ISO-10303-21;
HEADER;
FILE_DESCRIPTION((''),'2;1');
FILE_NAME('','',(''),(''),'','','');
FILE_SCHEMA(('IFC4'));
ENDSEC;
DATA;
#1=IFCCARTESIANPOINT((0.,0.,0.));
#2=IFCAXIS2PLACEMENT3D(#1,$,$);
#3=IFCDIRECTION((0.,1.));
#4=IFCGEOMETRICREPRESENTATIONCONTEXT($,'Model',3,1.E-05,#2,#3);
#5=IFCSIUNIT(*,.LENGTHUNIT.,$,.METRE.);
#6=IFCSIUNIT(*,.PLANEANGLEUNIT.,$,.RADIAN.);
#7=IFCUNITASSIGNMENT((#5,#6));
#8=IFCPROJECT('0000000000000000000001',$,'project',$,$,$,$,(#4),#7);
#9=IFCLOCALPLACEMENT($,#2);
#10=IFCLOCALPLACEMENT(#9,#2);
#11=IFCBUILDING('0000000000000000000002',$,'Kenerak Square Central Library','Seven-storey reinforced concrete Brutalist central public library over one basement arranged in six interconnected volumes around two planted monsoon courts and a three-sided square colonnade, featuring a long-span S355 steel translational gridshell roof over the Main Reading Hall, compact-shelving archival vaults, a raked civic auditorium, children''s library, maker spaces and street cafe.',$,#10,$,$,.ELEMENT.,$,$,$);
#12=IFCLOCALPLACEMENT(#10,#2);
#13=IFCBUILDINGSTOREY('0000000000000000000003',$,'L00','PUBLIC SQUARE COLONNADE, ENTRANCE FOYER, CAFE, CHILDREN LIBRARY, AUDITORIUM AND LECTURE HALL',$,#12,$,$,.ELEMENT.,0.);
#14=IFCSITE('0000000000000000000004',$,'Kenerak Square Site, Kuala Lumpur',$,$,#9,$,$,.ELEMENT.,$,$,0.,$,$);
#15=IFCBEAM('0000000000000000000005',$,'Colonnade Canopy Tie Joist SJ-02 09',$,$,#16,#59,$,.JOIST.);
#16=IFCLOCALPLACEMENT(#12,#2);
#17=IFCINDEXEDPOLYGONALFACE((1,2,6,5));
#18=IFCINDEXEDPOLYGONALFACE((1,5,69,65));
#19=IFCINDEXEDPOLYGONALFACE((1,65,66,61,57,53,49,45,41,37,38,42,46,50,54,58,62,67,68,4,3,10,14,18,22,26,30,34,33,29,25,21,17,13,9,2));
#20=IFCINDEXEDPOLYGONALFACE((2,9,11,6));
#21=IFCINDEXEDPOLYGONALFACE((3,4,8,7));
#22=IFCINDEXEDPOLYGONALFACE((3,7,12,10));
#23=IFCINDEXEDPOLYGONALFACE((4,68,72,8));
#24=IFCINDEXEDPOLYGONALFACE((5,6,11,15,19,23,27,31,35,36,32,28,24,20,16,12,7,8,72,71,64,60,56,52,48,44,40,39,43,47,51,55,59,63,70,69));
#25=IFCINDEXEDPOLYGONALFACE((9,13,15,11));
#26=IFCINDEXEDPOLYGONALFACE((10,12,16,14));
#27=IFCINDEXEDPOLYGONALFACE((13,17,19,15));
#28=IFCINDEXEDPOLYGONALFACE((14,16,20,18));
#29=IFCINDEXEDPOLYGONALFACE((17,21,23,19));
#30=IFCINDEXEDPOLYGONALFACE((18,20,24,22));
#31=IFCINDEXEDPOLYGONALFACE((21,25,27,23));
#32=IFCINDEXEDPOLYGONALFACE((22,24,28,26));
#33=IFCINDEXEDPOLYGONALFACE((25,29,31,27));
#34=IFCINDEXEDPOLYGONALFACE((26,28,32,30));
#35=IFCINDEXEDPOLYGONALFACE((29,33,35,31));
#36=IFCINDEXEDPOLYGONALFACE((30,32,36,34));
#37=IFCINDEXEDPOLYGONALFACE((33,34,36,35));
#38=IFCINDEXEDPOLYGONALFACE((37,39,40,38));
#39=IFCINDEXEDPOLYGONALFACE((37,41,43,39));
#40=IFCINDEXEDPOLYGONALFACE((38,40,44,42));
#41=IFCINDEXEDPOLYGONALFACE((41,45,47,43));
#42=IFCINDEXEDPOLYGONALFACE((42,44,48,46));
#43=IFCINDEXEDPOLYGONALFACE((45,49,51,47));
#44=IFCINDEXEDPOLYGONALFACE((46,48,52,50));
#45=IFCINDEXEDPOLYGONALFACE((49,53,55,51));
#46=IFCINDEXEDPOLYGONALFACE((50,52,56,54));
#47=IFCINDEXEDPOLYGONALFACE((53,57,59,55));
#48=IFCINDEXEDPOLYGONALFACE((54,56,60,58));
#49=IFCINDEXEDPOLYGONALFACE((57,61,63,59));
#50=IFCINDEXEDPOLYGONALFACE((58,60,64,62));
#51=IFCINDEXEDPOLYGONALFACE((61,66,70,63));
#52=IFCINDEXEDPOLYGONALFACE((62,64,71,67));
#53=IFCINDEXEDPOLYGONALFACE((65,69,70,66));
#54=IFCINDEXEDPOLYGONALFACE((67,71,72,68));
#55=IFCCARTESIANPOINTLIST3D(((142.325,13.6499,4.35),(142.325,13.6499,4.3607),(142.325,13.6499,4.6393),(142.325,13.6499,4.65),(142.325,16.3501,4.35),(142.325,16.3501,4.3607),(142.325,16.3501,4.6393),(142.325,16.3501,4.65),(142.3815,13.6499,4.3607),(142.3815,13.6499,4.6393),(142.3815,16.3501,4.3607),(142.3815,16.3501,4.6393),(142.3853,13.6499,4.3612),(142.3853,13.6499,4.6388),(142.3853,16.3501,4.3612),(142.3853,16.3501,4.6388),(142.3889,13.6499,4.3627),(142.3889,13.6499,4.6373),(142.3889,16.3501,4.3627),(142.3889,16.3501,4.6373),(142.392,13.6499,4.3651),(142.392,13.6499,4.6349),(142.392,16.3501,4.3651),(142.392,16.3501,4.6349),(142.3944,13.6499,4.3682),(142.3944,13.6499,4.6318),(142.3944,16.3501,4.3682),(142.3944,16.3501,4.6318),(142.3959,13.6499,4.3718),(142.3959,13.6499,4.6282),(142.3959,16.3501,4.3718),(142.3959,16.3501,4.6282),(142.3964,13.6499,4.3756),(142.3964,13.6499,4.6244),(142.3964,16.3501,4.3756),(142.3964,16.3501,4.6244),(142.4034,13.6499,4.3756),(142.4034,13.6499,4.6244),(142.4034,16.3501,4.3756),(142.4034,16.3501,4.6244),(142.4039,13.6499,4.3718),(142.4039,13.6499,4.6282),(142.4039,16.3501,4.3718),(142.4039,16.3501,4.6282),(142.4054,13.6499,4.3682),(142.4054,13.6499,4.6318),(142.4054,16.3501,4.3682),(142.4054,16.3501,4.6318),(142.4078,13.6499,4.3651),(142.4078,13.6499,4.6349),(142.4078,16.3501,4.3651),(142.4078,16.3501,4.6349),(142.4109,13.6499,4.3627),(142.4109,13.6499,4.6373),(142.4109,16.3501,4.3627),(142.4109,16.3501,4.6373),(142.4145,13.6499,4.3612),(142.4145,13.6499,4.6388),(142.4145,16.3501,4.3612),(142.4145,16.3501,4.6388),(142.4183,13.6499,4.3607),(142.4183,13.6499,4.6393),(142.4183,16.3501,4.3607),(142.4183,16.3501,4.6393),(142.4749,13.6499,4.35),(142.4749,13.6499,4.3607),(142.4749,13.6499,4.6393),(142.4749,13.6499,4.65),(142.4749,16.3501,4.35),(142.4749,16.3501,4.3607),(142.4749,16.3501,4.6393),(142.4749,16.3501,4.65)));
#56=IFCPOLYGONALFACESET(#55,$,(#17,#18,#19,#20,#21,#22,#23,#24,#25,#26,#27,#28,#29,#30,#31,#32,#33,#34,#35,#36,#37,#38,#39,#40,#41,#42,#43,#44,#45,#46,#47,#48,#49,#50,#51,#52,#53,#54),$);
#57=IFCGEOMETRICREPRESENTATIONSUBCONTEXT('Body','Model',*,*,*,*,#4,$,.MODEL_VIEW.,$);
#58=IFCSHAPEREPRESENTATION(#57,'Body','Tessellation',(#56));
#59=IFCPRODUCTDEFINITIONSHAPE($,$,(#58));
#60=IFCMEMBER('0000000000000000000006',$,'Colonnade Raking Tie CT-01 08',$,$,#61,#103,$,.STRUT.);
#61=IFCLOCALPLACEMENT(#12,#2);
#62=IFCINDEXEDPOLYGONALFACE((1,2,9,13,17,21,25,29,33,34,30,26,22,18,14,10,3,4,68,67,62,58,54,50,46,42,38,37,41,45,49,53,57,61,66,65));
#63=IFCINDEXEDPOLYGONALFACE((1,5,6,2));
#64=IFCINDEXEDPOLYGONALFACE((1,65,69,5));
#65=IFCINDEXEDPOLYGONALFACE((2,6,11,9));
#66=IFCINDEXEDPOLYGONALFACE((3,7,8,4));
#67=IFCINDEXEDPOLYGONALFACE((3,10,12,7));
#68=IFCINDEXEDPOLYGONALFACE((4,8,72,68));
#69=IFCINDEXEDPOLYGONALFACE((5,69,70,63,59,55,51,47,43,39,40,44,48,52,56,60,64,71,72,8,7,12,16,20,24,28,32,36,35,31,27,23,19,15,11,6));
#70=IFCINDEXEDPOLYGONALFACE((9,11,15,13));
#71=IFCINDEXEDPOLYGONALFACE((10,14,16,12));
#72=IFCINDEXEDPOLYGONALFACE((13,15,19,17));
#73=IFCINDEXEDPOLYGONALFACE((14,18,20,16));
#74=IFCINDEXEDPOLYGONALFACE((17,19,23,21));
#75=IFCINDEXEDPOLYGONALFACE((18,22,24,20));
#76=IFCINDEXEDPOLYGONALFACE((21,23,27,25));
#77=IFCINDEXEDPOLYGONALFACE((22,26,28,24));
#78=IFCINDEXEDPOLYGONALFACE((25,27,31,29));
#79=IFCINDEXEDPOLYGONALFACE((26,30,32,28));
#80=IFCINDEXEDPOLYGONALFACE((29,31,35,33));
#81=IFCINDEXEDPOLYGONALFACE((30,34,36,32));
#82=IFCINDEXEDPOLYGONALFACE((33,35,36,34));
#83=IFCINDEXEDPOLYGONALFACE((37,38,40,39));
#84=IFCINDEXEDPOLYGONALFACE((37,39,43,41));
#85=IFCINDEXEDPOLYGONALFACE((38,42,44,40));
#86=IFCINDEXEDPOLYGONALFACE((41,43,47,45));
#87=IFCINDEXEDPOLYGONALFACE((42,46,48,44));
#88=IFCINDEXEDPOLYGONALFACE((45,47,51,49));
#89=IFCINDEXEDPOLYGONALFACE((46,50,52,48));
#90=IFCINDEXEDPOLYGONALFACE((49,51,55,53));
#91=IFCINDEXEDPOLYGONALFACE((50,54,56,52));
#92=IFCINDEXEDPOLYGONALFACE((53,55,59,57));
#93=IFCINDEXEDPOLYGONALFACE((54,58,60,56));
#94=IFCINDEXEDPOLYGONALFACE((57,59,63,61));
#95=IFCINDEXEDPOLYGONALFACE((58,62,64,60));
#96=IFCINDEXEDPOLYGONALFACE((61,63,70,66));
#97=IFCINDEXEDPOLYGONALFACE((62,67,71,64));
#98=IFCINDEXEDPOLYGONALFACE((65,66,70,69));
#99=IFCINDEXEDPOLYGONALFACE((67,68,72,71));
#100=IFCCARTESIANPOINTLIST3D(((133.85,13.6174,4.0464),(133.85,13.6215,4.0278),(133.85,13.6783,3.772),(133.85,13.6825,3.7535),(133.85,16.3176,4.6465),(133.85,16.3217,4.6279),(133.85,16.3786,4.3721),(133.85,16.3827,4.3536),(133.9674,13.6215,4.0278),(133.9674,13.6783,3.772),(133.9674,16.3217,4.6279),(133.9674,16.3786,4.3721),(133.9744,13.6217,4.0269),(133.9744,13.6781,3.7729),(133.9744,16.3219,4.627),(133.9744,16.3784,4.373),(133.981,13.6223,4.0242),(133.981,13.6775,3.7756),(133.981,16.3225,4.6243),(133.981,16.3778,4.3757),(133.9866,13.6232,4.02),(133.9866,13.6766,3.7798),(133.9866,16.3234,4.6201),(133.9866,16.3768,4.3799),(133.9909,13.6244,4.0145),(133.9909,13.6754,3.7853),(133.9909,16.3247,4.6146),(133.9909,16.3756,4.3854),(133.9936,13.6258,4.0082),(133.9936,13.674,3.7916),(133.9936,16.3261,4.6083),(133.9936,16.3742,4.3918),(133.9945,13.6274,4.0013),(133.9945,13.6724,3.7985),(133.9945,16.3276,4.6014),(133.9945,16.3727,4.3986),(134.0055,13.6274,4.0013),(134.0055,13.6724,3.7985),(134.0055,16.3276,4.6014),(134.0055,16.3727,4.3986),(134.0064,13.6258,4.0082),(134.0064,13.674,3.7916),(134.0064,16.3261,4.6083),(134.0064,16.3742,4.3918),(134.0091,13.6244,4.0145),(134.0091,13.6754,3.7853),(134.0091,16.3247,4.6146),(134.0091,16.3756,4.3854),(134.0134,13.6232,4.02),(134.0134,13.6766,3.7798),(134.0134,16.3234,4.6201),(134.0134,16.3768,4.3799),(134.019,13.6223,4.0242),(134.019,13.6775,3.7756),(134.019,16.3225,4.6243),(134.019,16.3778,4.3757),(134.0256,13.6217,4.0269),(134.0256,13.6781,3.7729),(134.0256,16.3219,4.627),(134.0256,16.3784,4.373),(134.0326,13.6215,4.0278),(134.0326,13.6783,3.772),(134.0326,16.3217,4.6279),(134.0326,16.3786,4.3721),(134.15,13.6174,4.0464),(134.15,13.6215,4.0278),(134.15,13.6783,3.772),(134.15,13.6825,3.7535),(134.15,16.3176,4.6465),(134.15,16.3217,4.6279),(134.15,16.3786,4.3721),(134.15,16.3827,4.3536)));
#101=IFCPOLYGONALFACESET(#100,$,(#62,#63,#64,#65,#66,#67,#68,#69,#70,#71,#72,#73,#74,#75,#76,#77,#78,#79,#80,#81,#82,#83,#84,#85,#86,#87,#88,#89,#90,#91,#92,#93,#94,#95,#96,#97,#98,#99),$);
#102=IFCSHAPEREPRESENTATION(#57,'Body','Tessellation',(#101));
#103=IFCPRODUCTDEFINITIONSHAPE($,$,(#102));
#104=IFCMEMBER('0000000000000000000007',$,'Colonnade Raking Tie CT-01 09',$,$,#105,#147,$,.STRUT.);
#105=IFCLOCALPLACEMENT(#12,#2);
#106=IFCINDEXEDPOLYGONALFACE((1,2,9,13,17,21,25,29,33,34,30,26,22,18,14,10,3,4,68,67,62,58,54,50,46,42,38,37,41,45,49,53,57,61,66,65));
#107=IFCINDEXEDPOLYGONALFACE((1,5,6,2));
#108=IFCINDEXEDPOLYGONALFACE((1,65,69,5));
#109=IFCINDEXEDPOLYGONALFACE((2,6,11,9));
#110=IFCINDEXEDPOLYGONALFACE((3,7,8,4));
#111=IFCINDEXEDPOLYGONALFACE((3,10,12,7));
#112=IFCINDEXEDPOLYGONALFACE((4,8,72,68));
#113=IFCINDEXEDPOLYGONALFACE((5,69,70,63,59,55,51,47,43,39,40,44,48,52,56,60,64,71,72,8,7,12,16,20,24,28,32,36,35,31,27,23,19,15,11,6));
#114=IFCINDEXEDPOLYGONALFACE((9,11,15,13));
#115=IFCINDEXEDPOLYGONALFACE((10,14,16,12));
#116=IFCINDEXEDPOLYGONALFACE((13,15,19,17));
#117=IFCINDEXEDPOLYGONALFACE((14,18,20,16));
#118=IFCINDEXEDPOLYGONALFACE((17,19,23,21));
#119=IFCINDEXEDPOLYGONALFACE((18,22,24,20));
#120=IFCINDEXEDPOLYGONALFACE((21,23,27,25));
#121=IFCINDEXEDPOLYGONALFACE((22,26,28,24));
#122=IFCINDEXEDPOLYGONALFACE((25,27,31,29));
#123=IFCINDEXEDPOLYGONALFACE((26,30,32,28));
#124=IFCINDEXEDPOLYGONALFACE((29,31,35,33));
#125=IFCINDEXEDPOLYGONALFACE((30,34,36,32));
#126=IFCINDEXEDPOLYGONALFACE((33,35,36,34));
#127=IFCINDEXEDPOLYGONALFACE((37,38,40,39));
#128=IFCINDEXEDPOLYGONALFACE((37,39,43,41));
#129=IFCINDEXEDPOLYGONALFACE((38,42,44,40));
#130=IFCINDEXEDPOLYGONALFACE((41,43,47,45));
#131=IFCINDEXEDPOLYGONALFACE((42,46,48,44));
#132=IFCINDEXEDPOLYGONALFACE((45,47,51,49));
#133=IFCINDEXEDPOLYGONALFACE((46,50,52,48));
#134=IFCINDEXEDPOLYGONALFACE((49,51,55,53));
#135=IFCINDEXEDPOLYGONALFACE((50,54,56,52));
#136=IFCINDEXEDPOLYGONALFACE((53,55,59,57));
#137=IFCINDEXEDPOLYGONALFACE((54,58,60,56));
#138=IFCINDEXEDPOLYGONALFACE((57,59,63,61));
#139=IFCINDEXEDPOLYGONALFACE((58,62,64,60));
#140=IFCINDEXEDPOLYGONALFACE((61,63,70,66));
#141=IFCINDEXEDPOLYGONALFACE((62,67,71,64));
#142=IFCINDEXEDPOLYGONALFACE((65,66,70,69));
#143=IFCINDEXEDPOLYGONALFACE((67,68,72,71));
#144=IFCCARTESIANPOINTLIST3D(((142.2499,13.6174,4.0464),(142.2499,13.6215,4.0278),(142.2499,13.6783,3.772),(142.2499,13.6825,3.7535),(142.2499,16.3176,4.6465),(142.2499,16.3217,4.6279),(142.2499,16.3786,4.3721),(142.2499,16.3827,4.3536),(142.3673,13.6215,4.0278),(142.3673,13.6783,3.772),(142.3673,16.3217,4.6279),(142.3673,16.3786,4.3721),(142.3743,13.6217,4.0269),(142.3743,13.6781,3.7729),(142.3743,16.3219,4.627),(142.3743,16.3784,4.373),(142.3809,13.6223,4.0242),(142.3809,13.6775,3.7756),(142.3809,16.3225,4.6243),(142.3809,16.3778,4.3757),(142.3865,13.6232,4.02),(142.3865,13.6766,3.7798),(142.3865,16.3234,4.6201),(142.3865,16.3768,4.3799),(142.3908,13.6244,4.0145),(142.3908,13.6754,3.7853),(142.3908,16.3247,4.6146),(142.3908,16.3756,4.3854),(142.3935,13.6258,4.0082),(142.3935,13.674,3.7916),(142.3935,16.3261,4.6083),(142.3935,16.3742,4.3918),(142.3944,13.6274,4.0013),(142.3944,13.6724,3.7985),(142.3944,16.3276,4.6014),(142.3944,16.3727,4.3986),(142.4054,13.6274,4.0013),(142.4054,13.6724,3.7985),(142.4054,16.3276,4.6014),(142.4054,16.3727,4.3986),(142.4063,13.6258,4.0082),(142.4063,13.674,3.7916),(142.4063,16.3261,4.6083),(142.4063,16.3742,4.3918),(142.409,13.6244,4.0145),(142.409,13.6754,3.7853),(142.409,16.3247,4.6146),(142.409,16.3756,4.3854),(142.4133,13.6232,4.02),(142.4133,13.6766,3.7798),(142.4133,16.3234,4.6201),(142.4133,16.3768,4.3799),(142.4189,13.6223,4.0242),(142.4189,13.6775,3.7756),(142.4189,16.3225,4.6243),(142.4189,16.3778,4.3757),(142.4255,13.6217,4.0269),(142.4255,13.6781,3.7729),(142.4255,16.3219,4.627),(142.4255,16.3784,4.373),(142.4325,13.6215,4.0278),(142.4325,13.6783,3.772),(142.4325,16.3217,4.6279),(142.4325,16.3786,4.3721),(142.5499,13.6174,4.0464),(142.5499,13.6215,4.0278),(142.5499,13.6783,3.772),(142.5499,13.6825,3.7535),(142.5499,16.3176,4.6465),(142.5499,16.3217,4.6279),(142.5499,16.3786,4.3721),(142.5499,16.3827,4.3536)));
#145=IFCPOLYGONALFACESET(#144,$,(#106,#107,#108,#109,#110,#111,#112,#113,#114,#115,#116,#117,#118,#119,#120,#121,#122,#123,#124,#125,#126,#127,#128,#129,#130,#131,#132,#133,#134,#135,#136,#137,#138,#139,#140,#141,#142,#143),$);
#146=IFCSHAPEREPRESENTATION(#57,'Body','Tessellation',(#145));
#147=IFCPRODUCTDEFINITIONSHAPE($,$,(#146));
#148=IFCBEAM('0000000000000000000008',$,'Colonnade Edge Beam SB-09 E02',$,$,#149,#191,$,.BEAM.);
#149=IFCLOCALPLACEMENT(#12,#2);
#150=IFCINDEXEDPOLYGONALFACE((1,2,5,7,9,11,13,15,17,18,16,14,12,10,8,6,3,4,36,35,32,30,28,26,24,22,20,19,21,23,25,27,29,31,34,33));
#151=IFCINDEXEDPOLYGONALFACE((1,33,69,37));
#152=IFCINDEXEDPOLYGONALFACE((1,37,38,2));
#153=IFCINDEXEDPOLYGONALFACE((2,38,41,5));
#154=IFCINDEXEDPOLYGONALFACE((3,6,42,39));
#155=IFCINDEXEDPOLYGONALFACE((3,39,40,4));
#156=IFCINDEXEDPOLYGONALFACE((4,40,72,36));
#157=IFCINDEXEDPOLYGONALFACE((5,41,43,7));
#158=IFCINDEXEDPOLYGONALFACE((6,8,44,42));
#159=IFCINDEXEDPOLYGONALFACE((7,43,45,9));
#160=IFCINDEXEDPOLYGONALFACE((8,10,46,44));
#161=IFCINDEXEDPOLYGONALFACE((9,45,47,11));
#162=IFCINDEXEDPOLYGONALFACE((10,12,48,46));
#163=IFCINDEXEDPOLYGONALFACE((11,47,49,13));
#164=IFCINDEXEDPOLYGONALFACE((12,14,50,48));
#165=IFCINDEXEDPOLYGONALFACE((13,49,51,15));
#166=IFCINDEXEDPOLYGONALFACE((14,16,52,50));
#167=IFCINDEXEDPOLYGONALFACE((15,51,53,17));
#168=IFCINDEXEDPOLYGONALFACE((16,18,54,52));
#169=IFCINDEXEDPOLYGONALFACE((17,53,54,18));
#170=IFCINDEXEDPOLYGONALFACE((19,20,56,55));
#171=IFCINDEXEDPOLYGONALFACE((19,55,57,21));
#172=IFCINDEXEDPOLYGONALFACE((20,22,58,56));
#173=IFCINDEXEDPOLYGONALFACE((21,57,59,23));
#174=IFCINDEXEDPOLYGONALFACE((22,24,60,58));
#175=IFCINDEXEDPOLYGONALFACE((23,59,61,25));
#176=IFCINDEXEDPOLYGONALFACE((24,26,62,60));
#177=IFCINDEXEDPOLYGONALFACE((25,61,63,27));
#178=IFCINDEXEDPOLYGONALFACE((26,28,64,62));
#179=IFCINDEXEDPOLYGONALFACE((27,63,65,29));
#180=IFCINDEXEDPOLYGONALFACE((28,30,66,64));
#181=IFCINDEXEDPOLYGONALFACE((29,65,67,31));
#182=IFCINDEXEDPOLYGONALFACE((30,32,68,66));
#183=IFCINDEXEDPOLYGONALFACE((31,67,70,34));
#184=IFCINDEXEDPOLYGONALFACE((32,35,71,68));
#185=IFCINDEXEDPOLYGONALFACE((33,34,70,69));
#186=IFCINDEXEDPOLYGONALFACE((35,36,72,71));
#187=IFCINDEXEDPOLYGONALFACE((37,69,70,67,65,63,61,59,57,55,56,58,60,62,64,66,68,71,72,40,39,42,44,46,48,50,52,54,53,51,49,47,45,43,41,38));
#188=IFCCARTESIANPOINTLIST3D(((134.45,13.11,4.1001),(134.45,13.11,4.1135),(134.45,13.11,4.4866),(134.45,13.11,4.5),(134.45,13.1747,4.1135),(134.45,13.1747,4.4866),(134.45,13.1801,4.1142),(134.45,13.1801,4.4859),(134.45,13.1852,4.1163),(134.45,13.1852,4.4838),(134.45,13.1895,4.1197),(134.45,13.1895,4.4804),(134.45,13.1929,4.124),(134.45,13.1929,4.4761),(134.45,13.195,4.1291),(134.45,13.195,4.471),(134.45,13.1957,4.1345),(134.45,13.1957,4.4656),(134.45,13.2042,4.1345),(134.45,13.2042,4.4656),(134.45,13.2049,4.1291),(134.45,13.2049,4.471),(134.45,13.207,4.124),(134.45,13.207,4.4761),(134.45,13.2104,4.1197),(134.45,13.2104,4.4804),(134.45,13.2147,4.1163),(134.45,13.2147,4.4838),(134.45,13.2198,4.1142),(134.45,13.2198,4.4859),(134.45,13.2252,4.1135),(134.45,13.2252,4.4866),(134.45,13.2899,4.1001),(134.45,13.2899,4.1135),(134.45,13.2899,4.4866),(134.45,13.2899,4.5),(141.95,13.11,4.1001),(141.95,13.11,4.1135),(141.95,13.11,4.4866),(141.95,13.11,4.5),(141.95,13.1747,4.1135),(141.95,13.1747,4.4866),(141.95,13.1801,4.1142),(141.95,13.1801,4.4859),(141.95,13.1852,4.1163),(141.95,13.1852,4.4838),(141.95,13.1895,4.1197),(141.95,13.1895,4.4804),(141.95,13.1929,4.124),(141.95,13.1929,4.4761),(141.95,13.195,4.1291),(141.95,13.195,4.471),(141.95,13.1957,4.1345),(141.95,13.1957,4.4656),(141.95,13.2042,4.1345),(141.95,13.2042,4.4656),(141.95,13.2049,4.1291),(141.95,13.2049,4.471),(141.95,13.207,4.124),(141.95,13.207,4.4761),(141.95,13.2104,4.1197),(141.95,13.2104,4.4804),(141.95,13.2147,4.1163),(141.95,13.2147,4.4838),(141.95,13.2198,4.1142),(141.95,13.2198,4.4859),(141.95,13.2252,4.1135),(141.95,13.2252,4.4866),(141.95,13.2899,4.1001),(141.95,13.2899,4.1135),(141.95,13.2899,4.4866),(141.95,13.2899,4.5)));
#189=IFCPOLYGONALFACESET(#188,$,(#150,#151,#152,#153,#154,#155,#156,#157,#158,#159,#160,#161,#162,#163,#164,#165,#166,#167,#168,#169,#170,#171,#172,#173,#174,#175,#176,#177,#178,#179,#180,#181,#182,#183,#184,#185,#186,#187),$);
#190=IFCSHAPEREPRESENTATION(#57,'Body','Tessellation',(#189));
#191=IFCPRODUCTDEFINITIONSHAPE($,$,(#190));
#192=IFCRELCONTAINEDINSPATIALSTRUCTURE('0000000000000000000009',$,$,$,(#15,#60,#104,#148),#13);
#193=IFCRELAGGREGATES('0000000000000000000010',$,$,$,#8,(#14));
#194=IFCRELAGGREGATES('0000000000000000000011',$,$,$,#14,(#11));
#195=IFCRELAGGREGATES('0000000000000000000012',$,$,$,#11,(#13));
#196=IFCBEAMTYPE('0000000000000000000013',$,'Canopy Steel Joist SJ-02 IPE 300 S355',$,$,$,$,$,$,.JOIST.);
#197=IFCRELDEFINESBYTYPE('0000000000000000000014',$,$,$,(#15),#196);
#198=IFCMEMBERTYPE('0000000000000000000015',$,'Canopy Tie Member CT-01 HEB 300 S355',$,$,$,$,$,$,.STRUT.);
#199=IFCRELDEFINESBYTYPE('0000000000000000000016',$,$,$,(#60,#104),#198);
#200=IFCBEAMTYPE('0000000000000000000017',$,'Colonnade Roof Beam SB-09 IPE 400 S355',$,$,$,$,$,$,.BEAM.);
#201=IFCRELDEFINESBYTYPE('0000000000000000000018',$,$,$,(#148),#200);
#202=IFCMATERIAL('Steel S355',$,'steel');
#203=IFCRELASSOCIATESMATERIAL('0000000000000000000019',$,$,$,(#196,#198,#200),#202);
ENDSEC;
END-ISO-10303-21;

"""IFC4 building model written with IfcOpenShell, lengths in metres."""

from ifc_helpers import new_model, si_unit, direction, frame, origin, origin_2d, place, context, subcontext, project, spatial, i_section, extrude, material, material_profile, profile_set, type_object, element, save


model = new_model("IFC4")

# Units and contexts
model_context = context("Model", 3, precision=1e-05, world=origin(), true_north=direction((0.0, 1.0)))
body_context = subcontext(model_context, "Body", "Model", "MODEL_VIEW")
ifc_project = project(units=[si_unit("LENGTHUNIT", "METRE"), si_unit("PLANEANGLEUNIT", "RADIAN")], contexts=[model_context])

# Site, building, storey
site_placement = place(None, origin())
site = spatial("IfcSite", under=ifc_project, at=site_placement, Name="Kenerak Square Site, Kuala Lumpur", CompositionType="ELEMENT", RefElevation=0.0)
building_placement = place(site_placement, origin())
building = spatial("IfcBuilding", under=site, at=building_placement, Name="Kenerak Square Central Library", Description="Seven-storey reinforced concrete Brutalist central public library over one basement arranged in six interconnected volumes around two planted monsoon courts and a three-sided square colonnade, featuring a long-span S355 steel translational gridshell roof over the Main Reading Hall, compact-shelving archival vaults, a raked civic auditorium, children's library, maker spaces and street cafe.", CompositionType="ELEMENT")
storey_placement = place(building_placement, origin())
storey = spatial("IfcBuildingStorey", under=building, at=storey_placement, Name="L00", Description="PUBLIC SQUARE COLONNADE, ENTRANCE FOYER, CAFE, CHILDREN LIBRARY, AUDITORIUM AND LECTURE HALL", CompositionType="ELEMENT", Elevation=0.0)

# Beam
ifc_material_1 = material(Name="Steel S355", Category="steel")
ifc_material_profile_1 = material_profile(ifc_material_1, i_section(OverallWidth=0.1499, OverallDepth=0.3, WebThickness=0.0071, FlangeThickness=0.0107, FilletRadius=0.0149, at=origin_2d()), Name="IPE 300")
ifc_profile_set_1 = profile_set([ifc_material_profile_1], Name="Steel S355")
beam_type_1 = type_object("IfcBeamType", Name="Canopy Steel Joist SJ-02 IPE 300 S355", PredefinedType="JOIST", material=ifc_profile_set_1)
for number, where, z_axis, x_axis, name in (
    (1, (142.3999, 13.6499, 4.5), (0.0, 1.0, 0.0), (-1.0, 0.0, 0.0), "Colonnade Canopy Tie Joist SJ-02 09"),
):
    element("IfcBeam", number, at=place(storey_placement, frame(where, z_axis=z_axis, x_axis=x_axis)), inside=storey, type_object=beam_type_1, Name=name, PredefinedType="JOIST", context=body_context, shape_type="SweptSolid", body=[
        extrude(i_section(OverallWidth=0.1499, OverallDepth=0.3, WebThickness=0.0071, FlangeThickness=0.0107, FilletRadius=0.0149, at=origin_2d()), origin(), (0.0, 0.0, 1.0), 2.7002),
    ])

# Members
ifc_material_profile_2 = material_profile(ifc_material_1, i_section(OverallWidth=0.3, OverallDepth=0.3, WebThickness=0.011, FlangeThickness=0.019, FilletRadius=0.0271, at=origin_2d()), Name="HEB 300")
ifc_profile_set_2 = profile_set([ifc_material_profile_2], Name="Steel S355")
member_type = type_object("IfcMemberType", Name="Canopy Tie Member CT-01 HEB 300 S355", PredefinedType="STRUT", material=ifc_profile_set_2)
for number, where, z_axis, x_axis, name in (
    (2, (134.0, 13.6499, 3.8999), (0.0, 0.976183, 0.216949), (-1.0, 0.0, 0.0), "Colonnade Raking Tie CT-01 08"),
    (3, (142.3999, 13.6499, 3.8999), (0.0, 0.976183, 0.216949), (-1.0, 0.0, 0.0), "Colonnade Raking Tie CT-01 09"),
):
    element("IfcMember", number, at=place(storey_placement, frame(where, z_axis=z_axis, x_axis=x_axis)), inside=storey, type_object=member_type, Name=name, PredefinedType="STRUT", context=body_context, shape_type="SweptSolid", body=[
        extrude(i_section(OverallWidth=0.3, OverallDepth=0.3, WebThickness=0.011, FlangeThickness=0.019, FilletRadius=0.0271, at=origin_2d()), origin(), (0.0, 0.0, 1.0), 2.7661),
    ])

# Beam
ifc_material_profile_3 = material_profile(ifc_material_1, i_section(OverallWidth=0.1799, OverallDepth=0.3999, WebThickness=0.0085, FlangeThickness=0.0134, FilletRadius=0.021, at=origin_2d()), Name="IPE 400")
ifc_profile_set_3 = profile_set([ifc_material_profile_3], Name="Steel S355")
beam_type_2 = type_object("IfcBeamType", Name="Colonnade Roof Beam SB-09 IPE 400 S355", PredefinedType="BEAM", material=ifc_profile_set_3)
beam_1_placement = place(storey_placement, frame((134.45, 13.2, 4.3), z_axis=(1.0, 0.0, 0.0), x_axis=(0.0, 1.0, 0.0)))
element("IfcBeam", 4, at=beam_1_placement, inside=storey, type_object=beam_type_2, Name="Colonnade Edge Beam SB-09 E02", PredefinedType="BEAM", context=body_context, shape_type="SweptSolid", body=[
    extrude(i_section(OverallWidth=0.1799, OverallDepth=0.3999, WebThickness=0.0085, FlangeThickness=0.0134, FilletRadius=0.021, at=origin_2d()), origin(), (0.0, 0.0, 1.0), 7.5),
])

save(model, "model.ifc")
